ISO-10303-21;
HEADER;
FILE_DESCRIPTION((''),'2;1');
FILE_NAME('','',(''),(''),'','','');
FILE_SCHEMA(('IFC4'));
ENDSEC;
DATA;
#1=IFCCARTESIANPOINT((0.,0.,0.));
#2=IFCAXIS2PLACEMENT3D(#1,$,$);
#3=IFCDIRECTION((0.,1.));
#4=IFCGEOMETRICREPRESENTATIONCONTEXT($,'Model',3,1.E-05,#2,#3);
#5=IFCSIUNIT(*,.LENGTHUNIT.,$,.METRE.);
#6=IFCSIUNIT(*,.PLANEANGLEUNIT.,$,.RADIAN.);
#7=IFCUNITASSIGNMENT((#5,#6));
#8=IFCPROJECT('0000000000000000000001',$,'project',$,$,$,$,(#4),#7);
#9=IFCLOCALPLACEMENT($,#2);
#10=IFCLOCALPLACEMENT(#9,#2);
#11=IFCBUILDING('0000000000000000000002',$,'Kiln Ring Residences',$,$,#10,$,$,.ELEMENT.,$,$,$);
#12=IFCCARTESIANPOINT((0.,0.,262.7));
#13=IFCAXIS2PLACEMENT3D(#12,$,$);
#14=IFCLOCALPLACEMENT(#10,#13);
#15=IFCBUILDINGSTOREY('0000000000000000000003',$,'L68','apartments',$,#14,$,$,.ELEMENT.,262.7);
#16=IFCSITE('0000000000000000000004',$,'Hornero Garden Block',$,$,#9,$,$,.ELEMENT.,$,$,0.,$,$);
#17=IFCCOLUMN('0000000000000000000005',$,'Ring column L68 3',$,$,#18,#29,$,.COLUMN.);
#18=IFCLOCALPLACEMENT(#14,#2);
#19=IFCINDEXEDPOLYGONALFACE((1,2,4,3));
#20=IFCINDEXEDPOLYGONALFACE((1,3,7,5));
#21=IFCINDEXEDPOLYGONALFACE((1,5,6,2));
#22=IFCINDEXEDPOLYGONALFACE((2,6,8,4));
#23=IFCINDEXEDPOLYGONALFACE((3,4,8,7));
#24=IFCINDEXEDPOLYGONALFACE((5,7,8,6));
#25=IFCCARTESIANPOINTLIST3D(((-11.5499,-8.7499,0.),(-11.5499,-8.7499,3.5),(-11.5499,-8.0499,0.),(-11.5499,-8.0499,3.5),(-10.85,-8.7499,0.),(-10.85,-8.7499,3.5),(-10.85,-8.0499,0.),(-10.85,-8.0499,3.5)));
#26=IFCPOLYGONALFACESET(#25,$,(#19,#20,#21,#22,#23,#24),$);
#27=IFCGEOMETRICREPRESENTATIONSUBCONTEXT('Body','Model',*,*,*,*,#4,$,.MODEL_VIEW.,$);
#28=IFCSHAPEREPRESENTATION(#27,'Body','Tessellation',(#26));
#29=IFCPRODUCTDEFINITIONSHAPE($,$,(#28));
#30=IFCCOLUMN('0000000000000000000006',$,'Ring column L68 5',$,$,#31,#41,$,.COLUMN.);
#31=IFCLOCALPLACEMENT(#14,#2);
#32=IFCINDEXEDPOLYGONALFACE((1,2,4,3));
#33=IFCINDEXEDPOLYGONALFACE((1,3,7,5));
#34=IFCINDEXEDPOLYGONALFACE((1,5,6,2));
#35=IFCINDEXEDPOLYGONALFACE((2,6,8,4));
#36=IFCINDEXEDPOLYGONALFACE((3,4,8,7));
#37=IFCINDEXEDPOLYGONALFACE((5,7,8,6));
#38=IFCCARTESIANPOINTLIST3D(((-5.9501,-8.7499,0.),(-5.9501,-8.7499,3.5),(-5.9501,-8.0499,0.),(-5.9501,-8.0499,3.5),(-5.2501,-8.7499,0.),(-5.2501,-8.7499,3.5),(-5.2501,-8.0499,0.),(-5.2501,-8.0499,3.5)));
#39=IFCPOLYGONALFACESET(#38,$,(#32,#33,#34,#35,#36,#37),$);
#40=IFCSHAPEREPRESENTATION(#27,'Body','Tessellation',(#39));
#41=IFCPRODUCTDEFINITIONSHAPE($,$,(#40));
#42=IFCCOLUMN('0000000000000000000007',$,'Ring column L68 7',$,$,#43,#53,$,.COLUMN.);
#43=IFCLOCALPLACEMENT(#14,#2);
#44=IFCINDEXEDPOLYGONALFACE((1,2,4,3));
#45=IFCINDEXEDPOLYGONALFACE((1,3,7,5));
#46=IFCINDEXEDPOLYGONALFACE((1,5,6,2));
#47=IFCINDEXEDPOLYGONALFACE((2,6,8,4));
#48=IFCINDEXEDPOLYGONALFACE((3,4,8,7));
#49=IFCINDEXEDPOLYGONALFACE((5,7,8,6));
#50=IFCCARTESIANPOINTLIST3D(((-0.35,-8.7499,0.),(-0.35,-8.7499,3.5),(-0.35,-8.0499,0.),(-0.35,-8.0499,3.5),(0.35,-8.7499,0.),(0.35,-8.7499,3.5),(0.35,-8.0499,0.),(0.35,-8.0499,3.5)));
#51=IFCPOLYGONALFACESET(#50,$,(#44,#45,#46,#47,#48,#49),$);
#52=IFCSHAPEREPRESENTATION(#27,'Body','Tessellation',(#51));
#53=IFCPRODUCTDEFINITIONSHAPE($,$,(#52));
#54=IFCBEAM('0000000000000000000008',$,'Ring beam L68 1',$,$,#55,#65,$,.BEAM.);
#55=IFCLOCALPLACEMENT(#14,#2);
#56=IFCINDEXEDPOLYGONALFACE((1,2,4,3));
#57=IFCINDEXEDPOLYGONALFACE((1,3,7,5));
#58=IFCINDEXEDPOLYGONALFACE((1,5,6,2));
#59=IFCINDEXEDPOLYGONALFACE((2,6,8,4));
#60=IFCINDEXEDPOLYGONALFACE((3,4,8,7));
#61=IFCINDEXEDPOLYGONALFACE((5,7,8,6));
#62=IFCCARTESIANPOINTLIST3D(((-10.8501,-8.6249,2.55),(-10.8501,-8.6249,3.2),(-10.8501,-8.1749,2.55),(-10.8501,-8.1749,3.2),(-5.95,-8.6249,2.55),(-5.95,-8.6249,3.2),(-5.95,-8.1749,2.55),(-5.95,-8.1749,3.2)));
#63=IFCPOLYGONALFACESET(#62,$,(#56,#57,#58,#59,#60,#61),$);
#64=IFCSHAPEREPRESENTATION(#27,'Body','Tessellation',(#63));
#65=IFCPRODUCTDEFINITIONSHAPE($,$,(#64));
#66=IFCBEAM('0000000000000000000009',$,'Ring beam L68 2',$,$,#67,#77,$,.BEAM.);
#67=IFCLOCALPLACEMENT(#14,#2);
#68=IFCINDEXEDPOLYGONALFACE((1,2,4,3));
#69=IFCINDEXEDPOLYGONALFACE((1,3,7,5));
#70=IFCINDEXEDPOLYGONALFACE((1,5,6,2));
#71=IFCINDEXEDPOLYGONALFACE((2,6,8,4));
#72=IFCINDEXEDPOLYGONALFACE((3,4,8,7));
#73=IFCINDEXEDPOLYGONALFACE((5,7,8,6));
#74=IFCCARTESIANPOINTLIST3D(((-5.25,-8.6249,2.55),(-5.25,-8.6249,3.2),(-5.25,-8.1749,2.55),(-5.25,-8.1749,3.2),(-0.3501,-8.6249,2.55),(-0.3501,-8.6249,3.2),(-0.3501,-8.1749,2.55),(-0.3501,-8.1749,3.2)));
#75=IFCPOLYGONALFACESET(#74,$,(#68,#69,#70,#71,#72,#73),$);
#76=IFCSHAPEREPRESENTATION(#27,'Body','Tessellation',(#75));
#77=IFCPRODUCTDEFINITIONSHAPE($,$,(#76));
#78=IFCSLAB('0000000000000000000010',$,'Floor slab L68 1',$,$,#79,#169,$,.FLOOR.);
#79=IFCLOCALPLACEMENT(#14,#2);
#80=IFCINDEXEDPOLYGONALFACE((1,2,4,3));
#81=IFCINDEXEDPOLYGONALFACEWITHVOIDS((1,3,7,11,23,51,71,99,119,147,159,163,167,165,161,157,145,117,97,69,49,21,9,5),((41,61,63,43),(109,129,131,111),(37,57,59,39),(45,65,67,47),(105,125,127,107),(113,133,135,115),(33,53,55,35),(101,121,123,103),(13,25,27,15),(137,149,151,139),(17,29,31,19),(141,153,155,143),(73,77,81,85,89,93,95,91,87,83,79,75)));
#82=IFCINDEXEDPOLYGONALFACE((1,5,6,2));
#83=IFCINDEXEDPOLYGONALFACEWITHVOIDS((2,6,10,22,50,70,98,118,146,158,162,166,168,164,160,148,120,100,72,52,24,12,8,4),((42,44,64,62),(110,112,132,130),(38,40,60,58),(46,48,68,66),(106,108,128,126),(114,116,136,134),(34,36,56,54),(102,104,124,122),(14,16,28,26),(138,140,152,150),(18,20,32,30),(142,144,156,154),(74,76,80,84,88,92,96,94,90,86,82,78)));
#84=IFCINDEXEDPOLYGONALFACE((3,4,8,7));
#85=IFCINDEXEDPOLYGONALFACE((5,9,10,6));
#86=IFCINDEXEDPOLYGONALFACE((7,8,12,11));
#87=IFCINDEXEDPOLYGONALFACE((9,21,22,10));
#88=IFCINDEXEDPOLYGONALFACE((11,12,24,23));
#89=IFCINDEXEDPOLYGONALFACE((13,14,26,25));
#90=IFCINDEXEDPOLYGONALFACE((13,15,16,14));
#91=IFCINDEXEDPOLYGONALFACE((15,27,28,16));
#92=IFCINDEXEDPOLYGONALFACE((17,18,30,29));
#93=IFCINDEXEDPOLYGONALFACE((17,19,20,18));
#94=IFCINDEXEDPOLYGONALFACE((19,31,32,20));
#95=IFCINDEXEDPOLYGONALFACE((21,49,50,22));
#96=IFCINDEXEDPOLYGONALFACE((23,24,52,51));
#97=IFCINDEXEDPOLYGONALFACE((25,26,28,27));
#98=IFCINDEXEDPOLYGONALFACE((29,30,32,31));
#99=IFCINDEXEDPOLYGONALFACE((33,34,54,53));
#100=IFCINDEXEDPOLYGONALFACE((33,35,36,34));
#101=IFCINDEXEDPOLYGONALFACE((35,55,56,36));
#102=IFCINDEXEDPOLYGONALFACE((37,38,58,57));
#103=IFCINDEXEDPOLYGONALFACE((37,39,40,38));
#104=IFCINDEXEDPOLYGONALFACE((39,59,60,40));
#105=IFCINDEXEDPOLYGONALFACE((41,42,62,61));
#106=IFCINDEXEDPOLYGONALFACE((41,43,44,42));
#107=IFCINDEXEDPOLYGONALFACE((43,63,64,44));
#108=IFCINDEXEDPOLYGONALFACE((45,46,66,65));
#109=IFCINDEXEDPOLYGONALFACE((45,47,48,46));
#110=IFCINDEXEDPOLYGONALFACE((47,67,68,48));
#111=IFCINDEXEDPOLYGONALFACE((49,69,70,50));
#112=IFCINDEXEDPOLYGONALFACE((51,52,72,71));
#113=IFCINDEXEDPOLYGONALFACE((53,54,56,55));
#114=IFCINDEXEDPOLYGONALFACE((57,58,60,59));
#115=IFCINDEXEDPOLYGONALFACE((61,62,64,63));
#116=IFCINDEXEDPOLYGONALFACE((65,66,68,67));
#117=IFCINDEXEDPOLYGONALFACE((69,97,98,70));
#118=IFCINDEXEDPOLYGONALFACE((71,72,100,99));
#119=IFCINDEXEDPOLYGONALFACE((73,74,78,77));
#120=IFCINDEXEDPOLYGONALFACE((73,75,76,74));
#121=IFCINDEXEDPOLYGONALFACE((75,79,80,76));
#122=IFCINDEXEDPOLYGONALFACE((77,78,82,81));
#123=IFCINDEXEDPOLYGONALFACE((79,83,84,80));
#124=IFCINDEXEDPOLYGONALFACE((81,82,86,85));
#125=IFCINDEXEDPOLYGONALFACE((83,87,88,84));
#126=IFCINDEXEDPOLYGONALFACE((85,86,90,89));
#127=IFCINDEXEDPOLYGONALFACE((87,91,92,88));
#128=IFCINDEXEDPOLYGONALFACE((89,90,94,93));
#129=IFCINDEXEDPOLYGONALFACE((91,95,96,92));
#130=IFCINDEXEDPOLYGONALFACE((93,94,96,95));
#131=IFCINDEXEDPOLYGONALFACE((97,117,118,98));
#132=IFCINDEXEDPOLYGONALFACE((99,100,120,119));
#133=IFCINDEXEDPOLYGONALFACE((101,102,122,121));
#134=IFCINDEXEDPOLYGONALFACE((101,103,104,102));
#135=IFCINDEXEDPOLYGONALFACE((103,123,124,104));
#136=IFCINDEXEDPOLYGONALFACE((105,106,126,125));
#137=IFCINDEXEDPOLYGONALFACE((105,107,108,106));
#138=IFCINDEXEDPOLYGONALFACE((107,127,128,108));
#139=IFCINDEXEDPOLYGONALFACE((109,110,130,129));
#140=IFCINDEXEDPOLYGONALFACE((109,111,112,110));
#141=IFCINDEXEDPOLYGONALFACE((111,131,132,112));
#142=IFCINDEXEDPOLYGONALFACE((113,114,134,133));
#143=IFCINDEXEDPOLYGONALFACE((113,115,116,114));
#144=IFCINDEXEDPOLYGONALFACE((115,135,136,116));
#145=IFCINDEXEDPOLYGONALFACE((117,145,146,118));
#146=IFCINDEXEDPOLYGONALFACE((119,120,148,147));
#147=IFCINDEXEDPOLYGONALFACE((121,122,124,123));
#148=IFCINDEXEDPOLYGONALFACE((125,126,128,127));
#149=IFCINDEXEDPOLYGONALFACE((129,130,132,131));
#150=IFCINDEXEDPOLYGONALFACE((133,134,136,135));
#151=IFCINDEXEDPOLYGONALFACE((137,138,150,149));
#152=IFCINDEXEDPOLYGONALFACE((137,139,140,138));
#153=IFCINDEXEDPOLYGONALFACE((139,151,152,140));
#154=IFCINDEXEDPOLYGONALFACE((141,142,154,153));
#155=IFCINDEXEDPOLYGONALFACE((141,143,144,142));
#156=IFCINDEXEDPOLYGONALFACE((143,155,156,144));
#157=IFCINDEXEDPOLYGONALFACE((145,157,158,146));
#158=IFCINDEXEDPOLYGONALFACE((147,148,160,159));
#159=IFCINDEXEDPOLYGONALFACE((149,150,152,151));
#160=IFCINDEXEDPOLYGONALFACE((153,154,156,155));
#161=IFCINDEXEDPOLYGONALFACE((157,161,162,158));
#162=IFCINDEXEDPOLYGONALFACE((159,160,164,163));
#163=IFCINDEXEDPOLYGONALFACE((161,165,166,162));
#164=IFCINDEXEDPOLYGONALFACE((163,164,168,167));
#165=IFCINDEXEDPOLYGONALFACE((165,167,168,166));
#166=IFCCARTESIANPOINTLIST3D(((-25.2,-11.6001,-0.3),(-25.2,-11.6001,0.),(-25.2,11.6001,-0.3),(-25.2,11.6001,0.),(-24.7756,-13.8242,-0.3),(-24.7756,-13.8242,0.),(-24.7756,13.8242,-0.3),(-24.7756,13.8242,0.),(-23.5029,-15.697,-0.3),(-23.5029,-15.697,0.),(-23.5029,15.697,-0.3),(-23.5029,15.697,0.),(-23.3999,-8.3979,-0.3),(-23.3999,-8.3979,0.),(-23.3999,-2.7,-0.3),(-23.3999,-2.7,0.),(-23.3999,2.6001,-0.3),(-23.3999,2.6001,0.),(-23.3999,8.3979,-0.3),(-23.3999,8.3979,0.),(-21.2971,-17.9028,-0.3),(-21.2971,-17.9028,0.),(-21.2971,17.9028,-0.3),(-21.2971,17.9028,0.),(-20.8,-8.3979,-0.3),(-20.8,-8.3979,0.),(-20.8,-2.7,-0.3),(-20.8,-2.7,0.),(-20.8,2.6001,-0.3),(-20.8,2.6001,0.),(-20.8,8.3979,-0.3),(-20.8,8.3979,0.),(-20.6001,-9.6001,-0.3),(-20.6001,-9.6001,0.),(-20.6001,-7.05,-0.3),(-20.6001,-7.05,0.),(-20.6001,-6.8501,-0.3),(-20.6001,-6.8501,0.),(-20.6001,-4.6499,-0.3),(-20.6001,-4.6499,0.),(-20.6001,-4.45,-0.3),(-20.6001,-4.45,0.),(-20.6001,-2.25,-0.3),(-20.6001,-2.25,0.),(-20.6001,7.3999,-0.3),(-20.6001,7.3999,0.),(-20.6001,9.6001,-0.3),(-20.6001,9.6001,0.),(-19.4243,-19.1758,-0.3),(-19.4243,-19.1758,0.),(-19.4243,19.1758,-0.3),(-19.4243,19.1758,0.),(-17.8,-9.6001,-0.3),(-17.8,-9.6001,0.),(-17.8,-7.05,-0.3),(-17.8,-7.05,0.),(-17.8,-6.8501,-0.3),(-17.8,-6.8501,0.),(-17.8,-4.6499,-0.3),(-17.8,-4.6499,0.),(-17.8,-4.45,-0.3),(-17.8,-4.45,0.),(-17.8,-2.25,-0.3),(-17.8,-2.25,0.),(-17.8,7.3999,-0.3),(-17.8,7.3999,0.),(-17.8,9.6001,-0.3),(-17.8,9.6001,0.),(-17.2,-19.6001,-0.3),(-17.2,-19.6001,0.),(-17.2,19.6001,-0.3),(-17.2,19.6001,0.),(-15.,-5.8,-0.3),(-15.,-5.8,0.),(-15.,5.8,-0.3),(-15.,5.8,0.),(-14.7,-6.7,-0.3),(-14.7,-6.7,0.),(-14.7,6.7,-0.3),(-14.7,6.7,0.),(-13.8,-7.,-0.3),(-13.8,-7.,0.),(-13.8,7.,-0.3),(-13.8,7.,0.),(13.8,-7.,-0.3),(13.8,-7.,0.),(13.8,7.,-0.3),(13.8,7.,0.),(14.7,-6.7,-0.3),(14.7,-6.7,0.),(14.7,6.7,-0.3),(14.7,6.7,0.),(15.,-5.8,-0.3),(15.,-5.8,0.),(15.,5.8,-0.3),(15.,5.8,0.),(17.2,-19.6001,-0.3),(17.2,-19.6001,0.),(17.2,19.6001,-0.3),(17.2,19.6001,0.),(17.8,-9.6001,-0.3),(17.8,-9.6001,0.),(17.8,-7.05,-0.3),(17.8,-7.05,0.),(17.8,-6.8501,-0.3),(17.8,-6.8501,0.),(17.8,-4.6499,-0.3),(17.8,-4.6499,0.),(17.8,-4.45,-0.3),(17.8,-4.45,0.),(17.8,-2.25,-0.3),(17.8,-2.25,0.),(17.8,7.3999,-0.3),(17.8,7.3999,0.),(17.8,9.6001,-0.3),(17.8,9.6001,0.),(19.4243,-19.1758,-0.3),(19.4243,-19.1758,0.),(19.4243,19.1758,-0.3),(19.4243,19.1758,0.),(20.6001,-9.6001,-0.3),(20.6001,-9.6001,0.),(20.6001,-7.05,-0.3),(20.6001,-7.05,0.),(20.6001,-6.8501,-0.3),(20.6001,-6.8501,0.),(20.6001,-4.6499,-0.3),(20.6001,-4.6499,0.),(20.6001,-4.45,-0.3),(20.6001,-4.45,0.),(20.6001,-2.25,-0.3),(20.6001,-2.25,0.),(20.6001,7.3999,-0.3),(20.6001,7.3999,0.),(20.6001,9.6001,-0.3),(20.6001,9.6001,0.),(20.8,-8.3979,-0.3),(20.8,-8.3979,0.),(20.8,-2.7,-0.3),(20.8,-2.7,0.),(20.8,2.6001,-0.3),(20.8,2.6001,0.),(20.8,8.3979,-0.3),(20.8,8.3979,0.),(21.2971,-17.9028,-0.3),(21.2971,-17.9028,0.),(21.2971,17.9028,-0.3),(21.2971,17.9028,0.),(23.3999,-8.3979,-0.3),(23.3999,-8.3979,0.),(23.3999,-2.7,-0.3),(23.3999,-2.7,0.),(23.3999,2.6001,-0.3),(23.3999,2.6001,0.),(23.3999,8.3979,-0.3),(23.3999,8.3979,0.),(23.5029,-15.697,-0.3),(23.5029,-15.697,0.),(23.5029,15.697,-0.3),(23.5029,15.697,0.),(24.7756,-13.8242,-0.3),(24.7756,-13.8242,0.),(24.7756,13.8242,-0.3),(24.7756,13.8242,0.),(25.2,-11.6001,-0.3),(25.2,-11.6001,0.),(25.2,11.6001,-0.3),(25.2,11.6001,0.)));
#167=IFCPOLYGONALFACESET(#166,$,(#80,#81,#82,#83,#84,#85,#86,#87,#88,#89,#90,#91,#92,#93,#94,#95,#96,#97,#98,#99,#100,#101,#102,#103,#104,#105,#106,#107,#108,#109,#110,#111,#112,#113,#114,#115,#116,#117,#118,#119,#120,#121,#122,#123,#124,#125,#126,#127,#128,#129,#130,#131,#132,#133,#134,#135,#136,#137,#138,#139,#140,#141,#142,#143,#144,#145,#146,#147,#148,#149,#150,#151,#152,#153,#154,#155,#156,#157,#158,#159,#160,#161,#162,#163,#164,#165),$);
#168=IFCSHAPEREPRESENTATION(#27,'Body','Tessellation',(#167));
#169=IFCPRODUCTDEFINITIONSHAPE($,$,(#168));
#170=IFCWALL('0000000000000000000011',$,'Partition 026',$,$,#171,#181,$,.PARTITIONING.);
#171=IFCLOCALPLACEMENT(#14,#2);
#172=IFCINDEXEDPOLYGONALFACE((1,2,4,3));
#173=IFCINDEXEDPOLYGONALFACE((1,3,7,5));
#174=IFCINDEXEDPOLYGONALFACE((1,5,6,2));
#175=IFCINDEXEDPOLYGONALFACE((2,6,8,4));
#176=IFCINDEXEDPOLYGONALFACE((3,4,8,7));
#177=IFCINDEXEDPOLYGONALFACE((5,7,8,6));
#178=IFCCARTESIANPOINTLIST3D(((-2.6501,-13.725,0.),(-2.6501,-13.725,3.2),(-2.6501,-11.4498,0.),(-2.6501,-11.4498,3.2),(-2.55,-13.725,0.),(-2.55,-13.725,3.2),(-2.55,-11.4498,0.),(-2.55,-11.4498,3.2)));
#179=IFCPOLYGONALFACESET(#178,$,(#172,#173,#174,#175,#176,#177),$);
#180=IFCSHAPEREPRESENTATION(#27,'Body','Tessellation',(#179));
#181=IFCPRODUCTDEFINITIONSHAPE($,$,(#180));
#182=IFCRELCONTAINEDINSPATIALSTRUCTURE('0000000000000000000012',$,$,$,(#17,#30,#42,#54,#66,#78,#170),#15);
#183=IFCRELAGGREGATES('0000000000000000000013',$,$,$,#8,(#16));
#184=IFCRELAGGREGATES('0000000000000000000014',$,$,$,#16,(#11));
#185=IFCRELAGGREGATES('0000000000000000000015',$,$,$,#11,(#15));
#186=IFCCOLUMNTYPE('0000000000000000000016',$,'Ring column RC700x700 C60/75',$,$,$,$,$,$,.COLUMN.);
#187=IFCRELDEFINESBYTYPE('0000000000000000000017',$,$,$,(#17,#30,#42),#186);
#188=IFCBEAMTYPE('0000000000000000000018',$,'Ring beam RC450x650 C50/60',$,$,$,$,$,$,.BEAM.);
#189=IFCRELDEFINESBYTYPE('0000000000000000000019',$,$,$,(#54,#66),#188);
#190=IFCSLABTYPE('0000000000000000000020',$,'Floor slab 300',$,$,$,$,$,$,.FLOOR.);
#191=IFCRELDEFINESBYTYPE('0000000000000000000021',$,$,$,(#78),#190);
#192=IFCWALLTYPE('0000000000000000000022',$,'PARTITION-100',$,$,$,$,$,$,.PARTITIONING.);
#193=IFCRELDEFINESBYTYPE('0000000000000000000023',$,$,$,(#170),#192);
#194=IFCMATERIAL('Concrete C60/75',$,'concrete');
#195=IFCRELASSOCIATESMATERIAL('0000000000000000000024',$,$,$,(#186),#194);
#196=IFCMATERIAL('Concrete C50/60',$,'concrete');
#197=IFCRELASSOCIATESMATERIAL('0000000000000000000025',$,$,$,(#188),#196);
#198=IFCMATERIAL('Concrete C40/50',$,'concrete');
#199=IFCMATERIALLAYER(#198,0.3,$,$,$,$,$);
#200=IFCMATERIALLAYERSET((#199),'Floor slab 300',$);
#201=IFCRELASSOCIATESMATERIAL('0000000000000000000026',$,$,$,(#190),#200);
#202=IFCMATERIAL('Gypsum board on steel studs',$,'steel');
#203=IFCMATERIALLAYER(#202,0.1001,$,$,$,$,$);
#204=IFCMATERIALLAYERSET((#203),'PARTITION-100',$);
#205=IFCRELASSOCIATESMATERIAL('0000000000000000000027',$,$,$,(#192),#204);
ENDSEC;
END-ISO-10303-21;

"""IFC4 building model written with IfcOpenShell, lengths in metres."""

from ifc_helpers import new_model, si_unit, direction, frame, frame_2d, origin, origin_2d, place, context, subcontext, project, spatial, polyline, rectangle, outline, extrude, material, layer, layer_set, material_profile, profile_set, type_object, element, save


model = new_model("IFC4")

# Units and contexts
model_context = context("Model", 3, precision=1e-05, world=origin(), true_north=direction((0.0, 1.0)))
body_context = subcontext(model_context, "Body", "Model", "MODEL_VIEW")
ifc_project = project(units=[si_unit("LENGTHUNIT", "METRE"), si_unit("PLANEANGLEUNIT", "RADIAN")], contexts=[model_context])

# Site, building, storey
site_placement = place(None, origin())
site = spatial("IfcSite", under=ifc_project, at=site_placement, Name="Hornero Garden Block", CompositionType="ELEMENT", RefElevation=0.0)
building_placement = place(site_placement, origin())
building = spatial("IfcBuilding", under=site, at=building_placement, Name="Kiln Ring Residences", CompositionType="ELEMENT")
storey_placement = place(building_placement, frame((0.0, 0.0, 262.7)))
storey = spatial("IfcBuildingStorey", under=building, at=storey_placement, Name="L68", Description="apartments", CompositionType="ELEMENT", Elevation=262.7)

# Columns
ifc_material_1 = material(Name="Concrete C60/75", Category="concrete")
ifc_material_profile_1 = material_profile(ifc_material_1, rectangle(XDim=0.7, YDim=0.7, at=origin_2d()), Name="RC700x700")
ifc_profile_set_1 = profile_set([ifc_material_profile_1], Name="Concrete C60/75")
column_type = type_object("IfcColumnType", Name="Ring column RC700x700 C60/75", PredefinedType="COLUMN", material=ifc_profile_set_1)
for number, where, z_axis, x_axis, name in (
    (1, (-11.2, -8.3999, 0.0), (0.0, 0.0, 1.0), (1.0, 0.0, 0.0), "Ring column L68 3"),
    (2, (-5.6001, -8.3999, 0.0), (0.0, 0.0, 1.0), (1.0, 0.0, 0.0), "Ring column L68 5"),
    (3, (0.0, -8.3999, 0.0), (0.0, 0.0, 1.0), (1.0, 0.0, 0.0), "Ring column L68 7"),
):
    element("IfcColumn", number, at=place(storey_placement, frame(where, z_axis=z_axis, x_axis=x_axis)), inside=storey, type_object=column_type, Name=name, PredefinedType="COLUMN", context=body_context, shape_type="SweptSolid", body=[
        extrude(rectangle(XDim=0.7, YDim=0.7, at=origin_2d()), origin(), (0.0, 0.0, 1.0), 3.5),
    ])

# Beams
ifc_material_2 = material(Name="Concrete C50/60", Category="concrete")
ifc_material_profile_2 = material_profile(ifc_material_2, rectangle(XDim=0.45, YDim=0.6499, at=origin_2d()), Name="RC450x650")
ifc_profile_set_2 = profile_set([ifc_material_profile_2], Name="Concrete C50/60")
beam_type = type_object("IfcBeamType", Name="Ring beam RC450x650 C50/60", PredefinedType="BEAM", material=ifc_profile_set_2)
beam_1_placement = place(storey_placement, frame((-10.8501, -8.3999, 2.875), z_axis=(1.0, 0.0, 0.0), x_axis=(0.0, 1.0, 0.0)))
element("IfcBeam", 4, at=beam_1_placement, inside=storey, type_object=beam_type, Name="Ring beam L68 1", PredefinedType="BEAM", context=body_context, shape_type="SweptSolid", body=[
    extrude(rectangle(XDim=0.45, YDim=0.6499, at=origin_2d()), origin(), (0.0, 0.0, 1.0), 4.9001),
])
beam_2_placement = place(storey_placement, frame((-5.25, -8.3999, 2.875), z_axis=(1.0, 0.0, 0.0), x_axis=(0.0, 1.0, 0.0)))
element("IfcBeam", 5, at=beam_2_placement, inside=storey, type_object=beam_type, Name="Ring beam L68 2", PredefinedType="BEAM", context=body_context, shape_type="SweptSolid", body=[
    extrude(rectangle(XDim=0.45, YDim=0.6499, at=origin_2d()), origin(), (0.0, 0.0, 1.0), 4.8999),
])

# Slab
ifc_material_3 = material(Name="Concrete C40/50", Category="concrete")
ifc_layer_1 = layer(ifc_material_3, 0.3)
ifc_layer_set_1 = layer_set([ifc_layer_1], Name="Floor slab 300")
slab_type = type_object("IfcSlabType", Name="Floor slab 300", PredefinedType="FLOOR", material=ifc_layer_set_1)
slab_placement = place(storey_placement, frame((0.0, 0.0, -0.3)))
element("IfcSlab", 6, at=slab_placement, inside=storey, type_object=slab_type, Name="Floor slab L68 1", PredefinedType="FLOOR", context=body_context, shape_type="SweptSolid", body=[
    extrude(outline(polyline([(-23.5029, -15.697), (-21.2971, -17.9028), (-19.4243, -19.1758), (-17.2, -19.6001), (17.2, -19.6001), (19.4243, -19.1758), (21.2971, -17.9028), (23.5029, -15.697), (24.7756, -13.8242), (25.2, -11.6001), (25.2, 11.6001), (24.7756, 13.8242), (23.5029, 15.697), (21.2971, 17.9028), (19.4243, 19.1758), (17.2, 19.6001), (-17.2, 19.6001), (-19.4243, 19.1758), (-21.2971, 17.9028), (-23.5029, 15.697), (-24.7756, 13.8242), (-25.2, 11.6001), (-25.2, -11.6001), (-24.7756, -13.8242), (-23.5029, -15.697)]), holes=[polyline([(-14.7, -6.7), (-15.0, -5.8), (-15.0, 5.8), (-14.7, 6.7), (-13.8, 7.0), (13.8, 7.0), (14.7, 6.7), (15.0, 5.8), (15.0, -5.8), (14.7, -6.7), (13.8, -7.0), (-13.8, -7.0), (-14.7, -6.7)]), polyline([(20.8, -8.3979), (20.8, -2.7), (23.3999, -2.7), (23.3999, -8.3979), (20.8, -8.3979)]), polyline([(20.8, 2.6001), (20.8, 8.3979), (23.3999, 8.3979), (23.3999, 2.6001), (20.8, 2.6001)]), polyline([(17.8, -6.8501), (17.8, -4.6499), (20.6001, -4.6499), (20.6001, -6.8501), (17.8, -6.8501)]), polyline([(17.8, 7.3999), (17.8, 9.6001), (20.6001, 9.6001), (20.6001, 7.3999), (17.8, 7.3999)]), polyline([(20.6001, -9.6001), (17.8, -9.6001), (17.8, -7.05), (20.6001, -7.05), (20.6001, -9.6001)]), polyline([(20.6001, -4.45), (17.8, -4.45), (17.8, -2.25), (20.6001, -2.25), (20.6001, -4.45)]), polyline([(-17.8, -7.05), (-17.8, -9.6001), (-20.6001, -9.6001), (-20.6001, -7.05), (-17.8, -7.05)]), polyline([(-17.8, -6.8501), (-20.6001, -6.8501), (-20.6001, -4.6499), (-17.8, -4.6499), (-17.8, -6.8501)]), polyline([(-17.8, -2.25), (-17.8, -4.45), (-20.6001, -4.45), (-20.6001, -2.25), (-17.8, -2.25)]), polyline([(-17.8, 7.3999), (-20.6001, 7.3999), (-20.6001, 9.6001), (-17.8, 9.6001), (-17.8, 7.3999)]), polyline([(-20.8, -8.3979), (-23.3999, -8.3979), (-23.3999, -2.7), (-20.8, -2.7), (-20.8, -8.3979)]), polyline([(-20.8, 2.6001), (-23.3999, 2.6001), (-23.3999, 8.3979), (-20.8, 8.3979), (-20.8, 2.6001)])]), origin(), (0.0, 0.0, 1.0), 0.3),
])

# Wall
ifc_material_4 = material(Name="Gypsum board on steel studs", Category="steel")
ifc_layer_2 = layer(ifc_material_4, 0.1001)
ifc_layer_set_2 = layer_set([ifc_layer_2], Name="PARTITION-100")
wall_type_1 = type_object("IfcWallType", Name="PARTITION-100", PredefinedType="PARTITIONING", material=ifc_layer_set_2)
wall_1_placement = place(storey_placement, frame((-2.6001, -13.7251, 0.0), z_axis=(0.0, 0.0, 1.0), x_axis=(0.0, 1.0, 0.0)))
element("IfcWall", 7, at=wall_1_placement, inside=storey, type_object=wall_type_1, Name="Partition 026", PredefinedType="PARTITIONING", context=body_context, shape_type="SweptSolid", body=[
    extrude(rectangle(XDim=2.2751, YDim=0.1001, at=frame_2d((1.1377, 0.0))), origin(), (0.0, 0.0, 1.0), 3.2),
])

save(model, "model.ifc")
